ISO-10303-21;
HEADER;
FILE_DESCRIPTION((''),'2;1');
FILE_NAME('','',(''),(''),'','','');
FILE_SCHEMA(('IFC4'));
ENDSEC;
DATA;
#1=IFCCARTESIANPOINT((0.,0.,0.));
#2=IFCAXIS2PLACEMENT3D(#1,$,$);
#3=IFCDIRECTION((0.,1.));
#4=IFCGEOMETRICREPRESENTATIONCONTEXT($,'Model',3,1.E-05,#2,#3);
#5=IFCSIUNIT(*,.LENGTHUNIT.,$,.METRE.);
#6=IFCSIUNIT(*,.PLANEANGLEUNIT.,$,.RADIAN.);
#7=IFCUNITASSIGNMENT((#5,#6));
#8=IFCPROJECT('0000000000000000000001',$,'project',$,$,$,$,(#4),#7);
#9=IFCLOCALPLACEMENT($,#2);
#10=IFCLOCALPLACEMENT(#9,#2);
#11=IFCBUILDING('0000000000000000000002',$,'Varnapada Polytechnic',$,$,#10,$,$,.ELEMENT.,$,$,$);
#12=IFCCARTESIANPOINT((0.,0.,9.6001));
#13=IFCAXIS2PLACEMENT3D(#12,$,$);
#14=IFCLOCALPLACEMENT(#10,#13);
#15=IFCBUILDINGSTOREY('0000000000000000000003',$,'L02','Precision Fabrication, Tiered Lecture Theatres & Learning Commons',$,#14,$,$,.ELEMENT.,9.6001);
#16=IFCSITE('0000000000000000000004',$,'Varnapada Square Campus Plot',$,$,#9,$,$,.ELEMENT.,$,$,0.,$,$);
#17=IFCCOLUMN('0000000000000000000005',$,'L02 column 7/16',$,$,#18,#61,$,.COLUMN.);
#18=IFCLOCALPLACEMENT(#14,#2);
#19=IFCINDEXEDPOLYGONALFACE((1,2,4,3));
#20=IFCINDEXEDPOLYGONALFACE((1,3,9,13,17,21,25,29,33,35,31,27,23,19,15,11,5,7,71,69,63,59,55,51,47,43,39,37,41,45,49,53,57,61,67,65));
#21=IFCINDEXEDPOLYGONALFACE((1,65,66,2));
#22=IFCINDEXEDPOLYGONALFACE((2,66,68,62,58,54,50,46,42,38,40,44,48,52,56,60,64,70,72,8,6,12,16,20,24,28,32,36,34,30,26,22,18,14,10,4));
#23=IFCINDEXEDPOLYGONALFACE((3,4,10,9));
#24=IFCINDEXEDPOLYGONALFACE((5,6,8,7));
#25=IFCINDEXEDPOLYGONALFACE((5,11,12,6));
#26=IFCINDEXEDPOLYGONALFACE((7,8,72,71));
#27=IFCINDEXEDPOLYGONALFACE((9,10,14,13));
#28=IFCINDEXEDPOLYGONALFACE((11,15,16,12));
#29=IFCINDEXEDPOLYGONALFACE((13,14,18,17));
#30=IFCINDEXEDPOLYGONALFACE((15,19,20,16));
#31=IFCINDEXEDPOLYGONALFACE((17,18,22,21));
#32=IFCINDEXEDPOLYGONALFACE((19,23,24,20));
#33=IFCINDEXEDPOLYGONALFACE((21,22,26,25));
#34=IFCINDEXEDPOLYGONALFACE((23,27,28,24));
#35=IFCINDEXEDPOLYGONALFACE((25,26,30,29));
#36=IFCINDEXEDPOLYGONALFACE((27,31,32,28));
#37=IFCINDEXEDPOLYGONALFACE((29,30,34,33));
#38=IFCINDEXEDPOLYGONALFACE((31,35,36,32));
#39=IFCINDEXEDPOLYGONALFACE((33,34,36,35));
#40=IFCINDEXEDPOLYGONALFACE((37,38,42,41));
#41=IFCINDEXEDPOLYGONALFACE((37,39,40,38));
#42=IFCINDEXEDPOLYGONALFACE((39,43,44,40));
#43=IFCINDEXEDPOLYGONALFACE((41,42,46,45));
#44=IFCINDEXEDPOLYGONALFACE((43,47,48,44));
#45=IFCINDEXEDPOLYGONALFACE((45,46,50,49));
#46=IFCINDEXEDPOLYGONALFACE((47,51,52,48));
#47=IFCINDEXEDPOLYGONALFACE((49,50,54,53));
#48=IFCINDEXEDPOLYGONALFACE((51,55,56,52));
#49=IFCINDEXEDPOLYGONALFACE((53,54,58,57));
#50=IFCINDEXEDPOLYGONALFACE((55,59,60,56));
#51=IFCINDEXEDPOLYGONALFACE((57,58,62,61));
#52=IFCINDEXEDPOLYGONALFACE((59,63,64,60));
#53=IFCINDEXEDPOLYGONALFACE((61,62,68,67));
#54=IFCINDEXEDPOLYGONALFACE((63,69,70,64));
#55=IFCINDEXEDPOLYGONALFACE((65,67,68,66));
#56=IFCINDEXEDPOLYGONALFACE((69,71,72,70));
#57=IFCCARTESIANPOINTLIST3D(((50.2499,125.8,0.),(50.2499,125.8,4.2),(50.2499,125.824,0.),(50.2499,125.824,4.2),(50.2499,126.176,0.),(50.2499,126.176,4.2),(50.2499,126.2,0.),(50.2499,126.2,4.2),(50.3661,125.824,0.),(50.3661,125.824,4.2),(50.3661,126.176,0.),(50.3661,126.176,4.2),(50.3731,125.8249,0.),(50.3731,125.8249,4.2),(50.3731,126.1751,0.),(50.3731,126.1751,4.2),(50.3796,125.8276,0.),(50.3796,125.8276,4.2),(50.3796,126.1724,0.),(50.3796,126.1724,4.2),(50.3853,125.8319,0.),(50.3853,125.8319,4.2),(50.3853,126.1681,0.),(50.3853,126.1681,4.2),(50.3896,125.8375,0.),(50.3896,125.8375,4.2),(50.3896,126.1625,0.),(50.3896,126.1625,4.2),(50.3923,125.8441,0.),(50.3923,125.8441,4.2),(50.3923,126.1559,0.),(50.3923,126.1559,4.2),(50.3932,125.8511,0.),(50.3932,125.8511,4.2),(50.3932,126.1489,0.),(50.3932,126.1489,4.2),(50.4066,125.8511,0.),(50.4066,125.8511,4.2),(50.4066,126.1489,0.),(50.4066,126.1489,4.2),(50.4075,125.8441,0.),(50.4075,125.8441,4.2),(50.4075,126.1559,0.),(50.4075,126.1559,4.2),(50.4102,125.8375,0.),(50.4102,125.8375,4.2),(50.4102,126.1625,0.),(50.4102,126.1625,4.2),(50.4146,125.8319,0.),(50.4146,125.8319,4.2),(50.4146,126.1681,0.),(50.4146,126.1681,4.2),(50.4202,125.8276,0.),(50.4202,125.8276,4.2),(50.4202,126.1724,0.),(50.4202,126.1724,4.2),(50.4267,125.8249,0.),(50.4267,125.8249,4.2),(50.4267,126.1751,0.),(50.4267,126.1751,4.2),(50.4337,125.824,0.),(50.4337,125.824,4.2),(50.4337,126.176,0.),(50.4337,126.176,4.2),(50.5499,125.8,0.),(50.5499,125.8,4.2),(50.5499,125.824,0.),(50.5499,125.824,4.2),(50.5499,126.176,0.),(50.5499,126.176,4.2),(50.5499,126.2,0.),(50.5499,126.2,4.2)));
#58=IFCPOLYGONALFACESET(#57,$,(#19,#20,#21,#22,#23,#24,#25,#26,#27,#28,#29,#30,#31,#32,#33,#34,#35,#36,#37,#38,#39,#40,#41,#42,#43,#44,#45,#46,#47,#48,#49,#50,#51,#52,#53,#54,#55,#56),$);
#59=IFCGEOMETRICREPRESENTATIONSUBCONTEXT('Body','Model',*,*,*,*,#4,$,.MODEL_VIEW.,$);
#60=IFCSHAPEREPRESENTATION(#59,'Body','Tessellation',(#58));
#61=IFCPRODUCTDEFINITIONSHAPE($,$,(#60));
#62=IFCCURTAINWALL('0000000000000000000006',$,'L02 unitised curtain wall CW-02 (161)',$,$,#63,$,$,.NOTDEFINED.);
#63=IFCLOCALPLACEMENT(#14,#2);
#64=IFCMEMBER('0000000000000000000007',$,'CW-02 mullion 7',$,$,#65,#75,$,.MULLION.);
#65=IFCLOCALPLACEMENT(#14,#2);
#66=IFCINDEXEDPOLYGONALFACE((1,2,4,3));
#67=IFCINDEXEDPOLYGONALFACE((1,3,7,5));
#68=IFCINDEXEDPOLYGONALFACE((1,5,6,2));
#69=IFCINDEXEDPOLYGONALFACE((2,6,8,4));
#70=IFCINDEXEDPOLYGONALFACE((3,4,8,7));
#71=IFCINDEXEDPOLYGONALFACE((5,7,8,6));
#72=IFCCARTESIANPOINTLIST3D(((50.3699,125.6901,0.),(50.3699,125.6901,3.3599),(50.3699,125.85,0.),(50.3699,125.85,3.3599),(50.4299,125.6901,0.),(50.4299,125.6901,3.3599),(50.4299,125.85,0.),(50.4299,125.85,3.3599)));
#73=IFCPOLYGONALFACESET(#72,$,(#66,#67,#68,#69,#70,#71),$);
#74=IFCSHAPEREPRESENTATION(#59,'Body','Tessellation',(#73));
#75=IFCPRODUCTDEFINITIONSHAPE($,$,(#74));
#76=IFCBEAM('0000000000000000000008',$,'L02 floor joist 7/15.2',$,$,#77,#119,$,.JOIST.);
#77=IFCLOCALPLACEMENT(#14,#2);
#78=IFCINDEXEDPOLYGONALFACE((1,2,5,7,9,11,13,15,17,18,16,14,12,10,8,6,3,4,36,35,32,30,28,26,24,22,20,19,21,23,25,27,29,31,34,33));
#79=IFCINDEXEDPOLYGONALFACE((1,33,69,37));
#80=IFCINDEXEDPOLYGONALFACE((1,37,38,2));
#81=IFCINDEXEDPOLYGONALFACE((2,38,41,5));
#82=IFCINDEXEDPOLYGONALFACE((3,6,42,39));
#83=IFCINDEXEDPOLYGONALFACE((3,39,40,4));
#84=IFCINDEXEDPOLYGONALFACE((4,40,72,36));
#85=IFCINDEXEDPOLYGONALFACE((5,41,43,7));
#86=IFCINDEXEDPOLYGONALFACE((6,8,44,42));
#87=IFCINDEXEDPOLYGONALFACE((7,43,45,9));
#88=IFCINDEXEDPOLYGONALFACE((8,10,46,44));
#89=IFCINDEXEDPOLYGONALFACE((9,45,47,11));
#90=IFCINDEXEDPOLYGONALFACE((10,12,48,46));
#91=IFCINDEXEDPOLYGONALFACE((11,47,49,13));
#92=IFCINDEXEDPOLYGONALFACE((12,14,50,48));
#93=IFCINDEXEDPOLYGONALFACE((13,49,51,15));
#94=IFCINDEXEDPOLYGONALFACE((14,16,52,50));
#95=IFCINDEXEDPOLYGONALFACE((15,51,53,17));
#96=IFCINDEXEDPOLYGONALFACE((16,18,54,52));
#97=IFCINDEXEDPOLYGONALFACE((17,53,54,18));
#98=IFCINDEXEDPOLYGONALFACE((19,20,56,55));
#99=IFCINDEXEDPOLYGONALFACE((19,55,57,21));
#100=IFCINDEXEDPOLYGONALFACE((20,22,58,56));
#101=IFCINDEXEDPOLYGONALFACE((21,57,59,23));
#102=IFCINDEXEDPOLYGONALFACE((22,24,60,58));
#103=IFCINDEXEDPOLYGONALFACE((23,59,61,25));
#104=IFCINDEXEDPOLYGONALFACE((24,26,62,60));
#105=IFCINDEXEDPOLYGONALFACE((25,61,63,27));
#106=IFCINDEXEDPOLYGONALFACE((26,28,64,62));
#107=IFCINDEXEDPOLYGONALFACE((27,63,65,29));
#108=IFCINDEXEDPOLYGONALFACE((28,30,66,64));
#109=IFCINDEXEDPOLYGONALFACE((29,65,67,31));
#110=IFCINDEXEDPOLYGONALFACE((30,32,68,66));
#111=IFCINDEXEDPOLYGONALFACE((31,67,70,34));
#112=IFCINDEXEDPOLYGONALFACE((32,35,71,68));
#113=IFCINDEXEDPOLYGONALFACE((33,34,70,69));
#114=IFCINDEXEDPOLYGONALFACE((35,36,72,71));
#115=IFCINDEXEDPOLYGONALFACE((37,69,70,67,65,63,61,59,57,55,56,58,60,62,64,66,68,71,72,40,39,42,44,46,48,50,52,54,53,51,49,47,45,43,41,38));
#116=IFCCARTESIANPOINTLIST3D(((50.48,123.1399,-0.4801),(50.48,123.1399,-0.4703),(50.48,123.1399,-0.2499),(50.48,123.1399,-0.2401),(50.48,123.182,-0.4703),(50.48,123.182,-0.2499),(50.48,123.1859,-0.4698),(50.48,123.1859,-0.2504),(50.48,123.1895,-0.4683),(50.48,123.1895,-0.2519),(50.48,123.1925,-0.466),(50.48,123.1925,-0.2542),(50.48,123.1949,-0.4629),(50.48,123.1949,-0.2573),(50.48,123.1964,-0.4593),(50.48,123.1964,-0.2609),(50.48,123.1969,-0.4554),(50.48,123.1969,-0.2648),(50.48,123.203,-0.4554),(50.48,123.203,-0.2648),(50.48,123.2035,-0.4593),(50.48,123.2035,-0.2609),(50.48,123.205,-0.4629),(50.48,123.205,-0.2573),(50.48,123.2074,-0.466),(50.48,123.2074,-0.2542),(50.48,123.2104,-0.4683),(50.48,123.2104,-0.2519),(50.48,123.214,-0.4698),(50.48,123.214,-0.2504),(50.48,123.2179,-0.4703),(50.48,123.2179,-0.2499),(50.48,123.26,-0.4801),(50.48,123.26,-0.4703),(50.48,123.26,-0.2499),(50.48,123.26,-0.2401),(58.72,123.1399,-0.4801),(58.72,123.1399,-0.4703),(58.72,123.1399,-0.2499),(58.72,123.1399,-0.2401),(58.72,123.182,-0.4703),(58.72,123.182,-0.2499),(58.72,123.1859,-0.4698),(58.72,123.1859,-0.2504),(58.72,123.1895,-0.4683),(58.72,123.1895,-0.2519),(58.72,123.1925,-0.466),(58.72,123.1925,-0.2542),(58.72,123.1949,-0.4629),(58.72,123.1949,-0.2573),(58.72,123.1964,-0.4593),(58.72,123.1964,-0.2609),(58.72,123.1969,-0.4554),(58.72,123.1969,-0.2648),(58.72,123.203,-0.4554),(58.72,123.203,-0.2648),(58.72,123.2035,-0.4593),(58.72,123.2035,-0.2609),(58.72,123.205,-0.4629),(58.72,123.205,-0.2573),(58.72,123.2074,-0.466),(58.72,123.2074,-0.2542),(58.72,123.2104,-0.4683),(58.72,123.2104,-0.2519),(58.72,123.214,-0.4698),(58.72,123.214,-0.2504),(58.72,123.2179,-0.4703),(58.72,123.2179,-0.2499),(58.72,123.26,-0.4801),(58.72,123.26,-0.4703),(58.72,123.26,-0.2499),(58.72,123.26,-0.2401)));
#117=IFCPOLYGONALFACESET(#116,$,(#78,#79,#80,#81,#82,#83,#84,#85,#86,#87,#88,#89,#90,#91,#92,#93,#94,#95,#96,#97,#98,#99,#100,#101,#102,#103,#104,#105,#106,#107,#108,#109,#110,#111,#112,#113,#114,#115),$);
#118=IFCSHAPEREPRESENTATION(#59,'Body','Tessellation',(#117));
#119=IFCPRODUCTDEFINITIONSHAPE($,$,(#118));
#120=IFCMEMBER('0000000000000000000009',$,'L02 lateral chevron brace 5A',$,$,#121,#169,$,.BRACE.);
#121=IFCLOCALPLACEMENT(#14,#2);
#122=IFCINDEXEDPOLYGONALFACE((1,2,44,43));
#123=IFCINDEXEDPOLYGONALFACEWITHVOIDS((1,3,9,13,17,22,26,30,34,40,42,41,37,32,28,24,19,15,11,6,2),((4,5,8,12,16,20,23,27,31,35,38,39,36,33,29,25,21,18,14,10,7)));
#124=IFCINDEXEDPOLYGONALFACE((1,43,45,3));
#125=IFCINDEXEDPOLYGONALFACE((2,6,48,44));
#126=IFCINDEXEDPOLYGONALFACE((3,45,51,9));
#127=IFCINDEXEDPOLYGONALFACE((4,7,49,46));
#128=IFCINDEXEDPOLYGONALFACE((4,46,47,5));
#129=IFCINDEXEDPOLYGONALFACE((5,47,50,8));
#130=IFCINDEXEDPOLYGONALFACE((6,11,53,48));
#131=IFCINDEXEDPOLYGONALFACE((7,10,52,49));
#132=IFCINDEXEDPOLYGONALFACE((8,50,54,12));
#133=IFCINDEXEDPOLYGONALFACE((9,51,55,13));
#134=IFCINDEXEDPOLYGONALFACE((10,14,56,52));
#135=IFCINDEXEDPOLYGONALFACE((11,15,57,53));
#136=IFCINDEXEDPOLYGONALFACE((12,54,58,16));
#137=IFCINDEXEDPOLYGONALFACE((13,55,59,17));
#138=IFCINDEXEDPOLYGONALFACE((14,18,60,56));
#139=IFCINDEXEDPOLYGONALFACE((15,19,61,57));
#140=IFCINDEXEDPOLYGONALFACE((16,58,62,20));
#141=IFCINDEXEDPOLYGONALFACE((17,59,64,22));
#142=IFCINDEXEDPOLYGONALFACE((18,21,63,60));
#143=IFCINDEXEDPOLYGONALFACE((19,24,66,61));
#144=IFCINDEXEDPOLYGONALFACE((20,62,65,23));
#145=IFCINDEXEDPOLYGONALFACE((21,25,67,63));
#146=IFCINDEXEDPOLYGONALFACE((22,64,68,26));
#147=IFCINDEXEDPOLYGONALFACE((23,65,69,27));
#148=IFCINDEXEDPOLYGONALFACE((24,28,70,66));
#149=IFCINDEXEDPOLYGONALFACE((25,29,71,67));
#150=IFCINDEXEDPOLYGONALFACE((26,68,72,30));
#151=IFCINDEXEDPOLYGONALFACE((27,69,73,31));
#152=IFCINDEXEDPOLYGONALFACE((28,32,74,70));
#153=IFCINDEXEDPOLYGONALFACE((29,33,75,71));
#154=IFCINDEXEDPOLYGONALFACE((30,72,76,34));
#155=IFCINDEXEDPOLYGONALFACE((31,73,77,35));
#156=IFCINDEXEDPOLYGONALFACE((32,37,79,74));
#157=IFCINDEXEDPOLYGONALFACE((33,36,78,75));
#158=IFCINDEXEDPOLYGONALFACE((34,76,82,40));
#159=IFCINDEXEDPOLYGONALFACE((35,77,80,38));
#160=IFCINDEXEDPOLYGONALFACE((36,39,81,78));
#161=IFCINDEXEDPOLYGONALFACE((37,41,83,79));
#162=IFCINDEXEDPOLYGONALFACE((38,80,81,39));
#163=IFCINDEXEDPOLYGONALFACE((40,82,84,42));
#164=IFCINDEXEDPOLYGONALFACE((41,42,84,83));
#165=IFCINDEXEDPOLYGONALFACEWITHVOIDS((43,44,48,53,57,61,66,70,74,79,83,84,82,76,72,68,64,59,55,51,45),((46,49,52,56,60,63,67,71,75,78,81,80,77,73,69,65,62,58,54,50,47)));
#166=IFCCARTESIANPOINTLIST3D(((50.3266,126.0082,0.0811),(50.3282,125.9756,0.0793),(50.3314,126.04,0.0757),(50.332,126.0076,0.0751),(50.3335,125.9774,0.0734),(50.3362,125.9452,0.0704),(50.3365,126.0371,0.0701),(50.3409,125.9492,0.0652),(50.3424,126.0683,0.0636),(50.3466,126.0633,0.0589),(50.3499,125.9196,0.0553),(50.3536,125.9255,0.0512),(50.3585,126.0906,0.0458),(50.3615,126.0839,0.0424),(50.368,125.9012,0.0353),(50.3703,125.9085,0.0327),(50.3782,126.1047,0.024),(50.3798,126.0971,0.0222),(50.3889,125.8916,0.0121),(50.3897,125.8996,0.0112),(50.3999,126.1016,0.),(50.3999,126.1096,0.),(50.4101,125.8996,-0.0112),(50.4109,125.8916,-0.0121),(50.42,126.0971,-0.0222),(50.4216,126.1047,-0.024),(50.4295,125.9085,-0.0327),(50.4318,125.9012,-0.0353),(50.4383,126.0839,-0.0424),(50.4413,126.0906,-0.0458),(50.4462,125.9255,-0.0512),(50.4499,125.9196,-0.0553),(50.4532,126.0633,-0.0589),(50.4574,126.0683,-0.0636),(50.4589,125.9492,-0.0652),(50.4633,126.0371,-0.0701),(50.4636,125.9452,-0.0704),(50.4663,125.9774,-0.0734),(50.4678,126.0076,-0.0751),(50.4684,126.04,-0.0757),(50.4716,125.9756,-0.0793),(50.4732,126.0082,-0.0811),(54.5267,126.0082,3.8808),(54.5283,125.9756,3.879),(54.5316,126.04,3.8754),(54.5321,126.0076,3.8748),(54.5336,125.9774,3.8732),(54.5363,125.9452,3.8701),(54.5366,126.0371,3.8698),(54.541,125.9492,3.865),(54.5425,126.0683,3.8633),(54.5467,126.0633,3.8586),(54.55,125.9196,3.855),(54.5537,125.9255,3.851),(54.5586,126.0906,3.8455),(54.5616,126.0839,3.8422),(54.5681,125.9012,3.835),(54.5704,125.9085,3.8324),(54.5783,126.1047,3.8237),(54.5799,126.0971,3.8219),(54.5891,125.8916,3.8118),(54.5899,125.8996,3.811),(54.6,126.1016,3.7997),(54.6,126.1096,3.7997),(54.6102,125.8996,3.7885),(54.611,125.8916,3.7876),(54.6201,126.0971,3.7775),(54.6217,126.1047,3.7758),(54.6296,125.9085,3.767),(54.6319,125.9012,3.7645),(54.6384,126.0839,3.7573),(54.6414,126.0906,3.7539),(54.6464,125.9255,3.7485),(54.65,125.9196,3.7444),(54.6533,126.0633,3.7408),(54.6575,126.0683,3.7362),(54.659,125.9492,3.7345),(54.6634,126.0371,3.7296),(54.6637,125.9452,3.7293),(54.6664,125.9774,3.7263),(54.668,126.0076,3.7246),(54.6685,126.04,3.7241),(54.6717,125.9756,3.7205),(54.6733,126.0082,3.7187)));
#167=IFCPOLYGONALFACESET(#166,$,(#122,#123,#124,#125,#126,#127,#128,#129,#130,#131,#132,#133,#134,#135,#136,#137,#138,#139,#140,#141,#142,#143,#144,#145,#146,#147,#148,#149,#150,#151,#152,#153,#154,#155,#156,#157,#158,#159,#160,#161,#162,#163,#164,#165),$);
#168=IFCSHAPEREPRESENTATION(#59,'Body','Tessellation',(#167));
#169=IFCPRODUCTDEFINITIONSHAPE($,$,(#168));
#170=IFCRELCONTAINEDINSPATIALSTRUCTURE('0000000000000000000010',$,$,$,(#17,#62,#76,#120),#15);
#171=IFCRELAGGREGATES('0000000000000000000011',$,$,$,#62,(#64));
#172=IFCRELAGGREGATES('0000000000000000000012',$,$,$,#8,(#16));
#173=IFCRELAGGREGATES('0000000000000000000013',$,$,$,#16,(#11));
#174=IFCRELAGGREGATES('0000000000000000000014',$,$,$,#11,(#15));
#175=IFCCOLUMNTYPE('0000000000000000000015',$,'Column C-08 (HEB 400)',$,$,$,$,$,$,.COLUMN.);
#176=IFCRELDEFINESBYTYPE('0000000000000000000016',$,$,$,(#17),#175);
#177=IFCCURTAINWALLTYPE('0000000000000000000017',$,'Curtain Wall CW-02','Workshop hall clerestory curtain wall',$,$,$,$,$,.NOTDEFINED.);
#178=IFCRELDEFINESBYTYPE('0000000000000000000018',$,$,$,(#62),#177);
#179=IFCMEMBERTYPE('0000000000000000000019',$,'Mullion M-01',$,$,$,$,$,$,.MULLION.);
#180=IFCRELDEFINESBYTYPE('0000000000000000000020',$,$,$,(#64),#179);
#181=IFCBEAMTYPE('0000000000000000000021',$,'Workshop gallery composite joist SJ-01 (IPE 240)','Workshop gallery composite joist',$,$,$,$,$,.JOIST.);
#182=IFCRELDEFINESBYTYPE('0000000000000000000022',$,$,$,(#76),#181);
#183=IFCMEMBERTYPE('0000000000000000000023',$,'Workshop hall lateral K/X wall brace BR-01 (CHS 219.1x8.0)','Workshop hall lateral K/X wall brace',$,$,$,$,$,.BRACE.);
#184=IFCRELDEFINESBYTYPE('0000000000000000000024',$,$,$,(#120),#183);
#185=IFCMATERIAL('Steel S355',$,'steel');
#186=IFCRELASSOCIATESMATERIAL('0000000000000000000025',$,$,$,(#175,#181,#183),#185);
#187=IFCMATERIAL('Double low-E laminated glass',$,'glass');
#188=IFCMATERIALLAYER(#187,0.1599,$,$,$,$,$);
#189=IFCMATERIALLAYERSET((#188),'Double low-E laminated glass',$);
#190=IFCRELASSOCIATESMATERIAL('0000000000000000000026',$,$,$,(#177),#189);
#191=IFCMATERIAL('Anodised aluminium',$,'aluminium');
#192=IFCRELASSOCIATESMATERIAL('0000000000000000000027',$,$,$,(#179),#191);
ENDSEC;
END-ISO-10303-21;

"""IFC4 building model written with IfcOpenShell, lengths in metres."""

from ifc_helpers import new_model, si_unit, direction, frame, origin, origin_2d, place, context, subcontext, project, spatial, rectangle, hollow_circle, i_section, extrude, material, layer, layer_set, material_profile, profile_set, type_object, element, aggregate, save


model = new_model("IFC4")

# Units and contexts
model_context = context("Model", 3, precision=1e-05, world=origin(), true_north=direction((0.0, 1.0)))
body_context = subcontext(model_context, "Body", "Model", "MODEL_VIEW")
ifc_project = project(units=[si_unit("LENGTHUNIT", "METRE"), si_unit("PLANEANGLEUNIT", "RADIAN")], contexts=[model_context])

# Site, building, storey
site_placement = place(None, origin())
site = spatial("IfcSite", under=ifc_project, at=site_placement, Name="Varnapada Square Campus Plot", CompositionType="ELEMENT", RefElevation=0.0)
building_placement = place(site_placement, origin())
building = spatial("IfcBuilding", under=site, at=building_placement, Name="Varnapada Polytechnic", CompositionType="ELEMENT")
storey_placement = place(building_placement, frame((0.0, 0.0, 9.6001)))
storey = spatial("IfcBuildingStorey", under=building, at=storey_placement, Name="L02", Description="Precision Fabrication, Tiered Lecture Theatres & Learning Commons", CompositionType="ELEMENT", Elevation=9.6001)

# Column
ifc_material_1 = material(Name="Steel S355", Category="steel")
ifc_material_profile_1 = material_profile(ifc_material_1, i_section(OverallWidth=0.3, OverallDepth=0.3999, WebThickness=0.0134, FlangeThickness=0.0239, FilletRadius=0.0271, at=origin_2d()), Name="HEB 400")
ifc_profile_set_1 = profile_set([ifc_material_profile_1], Name="Steel S355")
column_type = type_object("IfcColumnType", Name="Column C-08 (HEB 400)", PredefinedType="COLUMN", material=ifc_profile_set_1)
column_placement = place(storey_placement, frame((50.3999, 126.0, 0.0), z_axis=(0.0, 0.0, 1.0), x_axis=(1.0, 0.0, 0.0)))
element("IfcColumn", 1, at=column_placement, inside=storey, type_object=column_type, Name="L02 column 7/16", PredefinedType="COLUMN", context=body_context, shape_type="SweptSolid", body=[
    extrude(i_section(OverallWidth=0.3, OverallDepth=0.3999, WebThickness=0.0134, FlangeThickness=0.0239, FilletRadius=0.0271, at=origin_2d()), origin(), (0.0, 0.0, 1.0), 4.2),
])

# Curtain wall, member
ifc_material_2 = material(Name="Double low-E laminated glass", Category="glass")
ifc_layer_1 = layer(ifc_material_2, 0.1599)
ifc_layer_set_1 = layer_set([ifc_layer_1], Name="Double low-E laminated glass")
curtain_wall_type = type_object("IfcCurtainWallType", Name="Curtain Wall CW-02", Description="Workshop hall clerestory curtain wall", PredefinedType="NOTDEFINED", material=ifc_layer_set_1)
curtain_wall_placement = place(storey_placement, origin())
curtain_wall = element("IfcCurtainWall", 2, at=curtain_wall_placement, inside=storey, type_object=curtain_wall_type, Name="L02 unitised curtain wall CW-02 (161)", PredefinedType="NOTDEFINED")
ifc_material_3 = material(Name="Anodised aluminium", Category="aluminium")
ifc_material_profile_2 = material_profile(ifc_material_3, rectangle(XDim=0.0601, YDim=0.1599, at=origin_2d()), Name="ALU M60x160")
ifc_profile_set_2 = profile_set([ifc_material_profile_2], Name="Anodised aluminium")
member_type_1 = type_object("IfcMemberType", Name="Mullion M-01", PredefinedType="MULLION", material=ifc_profile_set_2)
member_1_placement = place(storey_placement, frame((50.3999, 125.77, 0.0), z_axis=(0.0, 0.0, 1.0), x_axis=(-1.0, 0.0, 0.0)))
member_1 = element("IfcMember", 3, at=member_1_placement, type_object=member_type_1, Name="CW-02 mullion 7", PredefinedType="MULLION", context=body_context, shape_type="SweptSolid", body=[
    extrude(rectangle(XDim=0.0601, YDim=0.1599, at=origin_2d()), origin(), (0.0, 0.0, 1.0), 3.3599),
])

# Beam
ifc_material_profile_3 = material_profile(ifc_material_1, i_section(OverallWidth=0.1201, OverallDepth=0.24, WebThickness=0.0061, FlangeThickness=0.0098, FilletRadius=0.0149, at=origin_2d()), Name="IPE 240")
ifc_profile_set_3 = profile_set([ifc_material_profile_3], Name="Steel S355")
beam_type_1 = type_object("IfcBeamType", Name="Workshop gallery composite joist SJ-01 (IPE 240)", Description="Workshop gallery composite joist", PredefinedType="JOIST", material=ifc_profile_set_3)
beam_1_placement = place(storey_placement, frame((50.48, 123.2, -0.3601), z_axis=(1.0, 0.0, 0.0), x_axis=(0.0, 1.0, 0.0)))
element("IfcBeam", 4, at=beam_1_placement, inside=storey, type_object=beam_type_1, Name="L02 floor joist 7/15.2", PredefinedType="JOIST", context=body_context, shape_type="SweptSolid", body=[
    extrude(i_section(OverallWidth=0.1201, OverallDepth=0.24, WebThickness=0.0061, FlangeThickness=0.0098, FilletRadius=0.0149, at=origin_2d()), origin(), (0.0, 0.0, 1.0), 8.24),
])

# Member
ifc_material_profile_4 = material_profile(ifc_material_1, hollow_circle(Radius=0.1096, WallThickness=0.0081, at=origin_2d()), Name="CHS 219.1x8.0")
ifc_profile_set_4 = profile_set([ifc_material_profile_4], Name="Steel S355")
member_type_2 = type_object("IfcMemberType", Name="Workshop hall lateral K/X wall brace BR-01 (CHS 219.1x8.0)", Description="Workshop hall lateral K/X wall brace", PredefinedType="BRACE", material=ifc_profile_set_4)
member_2_placement = place(storey_placement, frame((50.3999, 126.0, 0.0), z_axis=(0.741568, 0.0, 0.670877), x_axis=(0.0, 1.0, 0.0)))
element("IfcMember", 5, at=member_2_placement, inside=storey, type_object=member_type_2, Name="L02 lateral chevron brace 5A", PredefinedType="BRACE", context=body_context, shape_type="SweptSolid", body=[
    extrude(hollow_circle(Radius=0.1096, WallThickness=0.0081, at=origin_2d()), origin(), (0.0, 0.0, 1.0), 5.6638),
])

aggregate(curtain_wall, [member_1])

save(model, "model.ifc")
